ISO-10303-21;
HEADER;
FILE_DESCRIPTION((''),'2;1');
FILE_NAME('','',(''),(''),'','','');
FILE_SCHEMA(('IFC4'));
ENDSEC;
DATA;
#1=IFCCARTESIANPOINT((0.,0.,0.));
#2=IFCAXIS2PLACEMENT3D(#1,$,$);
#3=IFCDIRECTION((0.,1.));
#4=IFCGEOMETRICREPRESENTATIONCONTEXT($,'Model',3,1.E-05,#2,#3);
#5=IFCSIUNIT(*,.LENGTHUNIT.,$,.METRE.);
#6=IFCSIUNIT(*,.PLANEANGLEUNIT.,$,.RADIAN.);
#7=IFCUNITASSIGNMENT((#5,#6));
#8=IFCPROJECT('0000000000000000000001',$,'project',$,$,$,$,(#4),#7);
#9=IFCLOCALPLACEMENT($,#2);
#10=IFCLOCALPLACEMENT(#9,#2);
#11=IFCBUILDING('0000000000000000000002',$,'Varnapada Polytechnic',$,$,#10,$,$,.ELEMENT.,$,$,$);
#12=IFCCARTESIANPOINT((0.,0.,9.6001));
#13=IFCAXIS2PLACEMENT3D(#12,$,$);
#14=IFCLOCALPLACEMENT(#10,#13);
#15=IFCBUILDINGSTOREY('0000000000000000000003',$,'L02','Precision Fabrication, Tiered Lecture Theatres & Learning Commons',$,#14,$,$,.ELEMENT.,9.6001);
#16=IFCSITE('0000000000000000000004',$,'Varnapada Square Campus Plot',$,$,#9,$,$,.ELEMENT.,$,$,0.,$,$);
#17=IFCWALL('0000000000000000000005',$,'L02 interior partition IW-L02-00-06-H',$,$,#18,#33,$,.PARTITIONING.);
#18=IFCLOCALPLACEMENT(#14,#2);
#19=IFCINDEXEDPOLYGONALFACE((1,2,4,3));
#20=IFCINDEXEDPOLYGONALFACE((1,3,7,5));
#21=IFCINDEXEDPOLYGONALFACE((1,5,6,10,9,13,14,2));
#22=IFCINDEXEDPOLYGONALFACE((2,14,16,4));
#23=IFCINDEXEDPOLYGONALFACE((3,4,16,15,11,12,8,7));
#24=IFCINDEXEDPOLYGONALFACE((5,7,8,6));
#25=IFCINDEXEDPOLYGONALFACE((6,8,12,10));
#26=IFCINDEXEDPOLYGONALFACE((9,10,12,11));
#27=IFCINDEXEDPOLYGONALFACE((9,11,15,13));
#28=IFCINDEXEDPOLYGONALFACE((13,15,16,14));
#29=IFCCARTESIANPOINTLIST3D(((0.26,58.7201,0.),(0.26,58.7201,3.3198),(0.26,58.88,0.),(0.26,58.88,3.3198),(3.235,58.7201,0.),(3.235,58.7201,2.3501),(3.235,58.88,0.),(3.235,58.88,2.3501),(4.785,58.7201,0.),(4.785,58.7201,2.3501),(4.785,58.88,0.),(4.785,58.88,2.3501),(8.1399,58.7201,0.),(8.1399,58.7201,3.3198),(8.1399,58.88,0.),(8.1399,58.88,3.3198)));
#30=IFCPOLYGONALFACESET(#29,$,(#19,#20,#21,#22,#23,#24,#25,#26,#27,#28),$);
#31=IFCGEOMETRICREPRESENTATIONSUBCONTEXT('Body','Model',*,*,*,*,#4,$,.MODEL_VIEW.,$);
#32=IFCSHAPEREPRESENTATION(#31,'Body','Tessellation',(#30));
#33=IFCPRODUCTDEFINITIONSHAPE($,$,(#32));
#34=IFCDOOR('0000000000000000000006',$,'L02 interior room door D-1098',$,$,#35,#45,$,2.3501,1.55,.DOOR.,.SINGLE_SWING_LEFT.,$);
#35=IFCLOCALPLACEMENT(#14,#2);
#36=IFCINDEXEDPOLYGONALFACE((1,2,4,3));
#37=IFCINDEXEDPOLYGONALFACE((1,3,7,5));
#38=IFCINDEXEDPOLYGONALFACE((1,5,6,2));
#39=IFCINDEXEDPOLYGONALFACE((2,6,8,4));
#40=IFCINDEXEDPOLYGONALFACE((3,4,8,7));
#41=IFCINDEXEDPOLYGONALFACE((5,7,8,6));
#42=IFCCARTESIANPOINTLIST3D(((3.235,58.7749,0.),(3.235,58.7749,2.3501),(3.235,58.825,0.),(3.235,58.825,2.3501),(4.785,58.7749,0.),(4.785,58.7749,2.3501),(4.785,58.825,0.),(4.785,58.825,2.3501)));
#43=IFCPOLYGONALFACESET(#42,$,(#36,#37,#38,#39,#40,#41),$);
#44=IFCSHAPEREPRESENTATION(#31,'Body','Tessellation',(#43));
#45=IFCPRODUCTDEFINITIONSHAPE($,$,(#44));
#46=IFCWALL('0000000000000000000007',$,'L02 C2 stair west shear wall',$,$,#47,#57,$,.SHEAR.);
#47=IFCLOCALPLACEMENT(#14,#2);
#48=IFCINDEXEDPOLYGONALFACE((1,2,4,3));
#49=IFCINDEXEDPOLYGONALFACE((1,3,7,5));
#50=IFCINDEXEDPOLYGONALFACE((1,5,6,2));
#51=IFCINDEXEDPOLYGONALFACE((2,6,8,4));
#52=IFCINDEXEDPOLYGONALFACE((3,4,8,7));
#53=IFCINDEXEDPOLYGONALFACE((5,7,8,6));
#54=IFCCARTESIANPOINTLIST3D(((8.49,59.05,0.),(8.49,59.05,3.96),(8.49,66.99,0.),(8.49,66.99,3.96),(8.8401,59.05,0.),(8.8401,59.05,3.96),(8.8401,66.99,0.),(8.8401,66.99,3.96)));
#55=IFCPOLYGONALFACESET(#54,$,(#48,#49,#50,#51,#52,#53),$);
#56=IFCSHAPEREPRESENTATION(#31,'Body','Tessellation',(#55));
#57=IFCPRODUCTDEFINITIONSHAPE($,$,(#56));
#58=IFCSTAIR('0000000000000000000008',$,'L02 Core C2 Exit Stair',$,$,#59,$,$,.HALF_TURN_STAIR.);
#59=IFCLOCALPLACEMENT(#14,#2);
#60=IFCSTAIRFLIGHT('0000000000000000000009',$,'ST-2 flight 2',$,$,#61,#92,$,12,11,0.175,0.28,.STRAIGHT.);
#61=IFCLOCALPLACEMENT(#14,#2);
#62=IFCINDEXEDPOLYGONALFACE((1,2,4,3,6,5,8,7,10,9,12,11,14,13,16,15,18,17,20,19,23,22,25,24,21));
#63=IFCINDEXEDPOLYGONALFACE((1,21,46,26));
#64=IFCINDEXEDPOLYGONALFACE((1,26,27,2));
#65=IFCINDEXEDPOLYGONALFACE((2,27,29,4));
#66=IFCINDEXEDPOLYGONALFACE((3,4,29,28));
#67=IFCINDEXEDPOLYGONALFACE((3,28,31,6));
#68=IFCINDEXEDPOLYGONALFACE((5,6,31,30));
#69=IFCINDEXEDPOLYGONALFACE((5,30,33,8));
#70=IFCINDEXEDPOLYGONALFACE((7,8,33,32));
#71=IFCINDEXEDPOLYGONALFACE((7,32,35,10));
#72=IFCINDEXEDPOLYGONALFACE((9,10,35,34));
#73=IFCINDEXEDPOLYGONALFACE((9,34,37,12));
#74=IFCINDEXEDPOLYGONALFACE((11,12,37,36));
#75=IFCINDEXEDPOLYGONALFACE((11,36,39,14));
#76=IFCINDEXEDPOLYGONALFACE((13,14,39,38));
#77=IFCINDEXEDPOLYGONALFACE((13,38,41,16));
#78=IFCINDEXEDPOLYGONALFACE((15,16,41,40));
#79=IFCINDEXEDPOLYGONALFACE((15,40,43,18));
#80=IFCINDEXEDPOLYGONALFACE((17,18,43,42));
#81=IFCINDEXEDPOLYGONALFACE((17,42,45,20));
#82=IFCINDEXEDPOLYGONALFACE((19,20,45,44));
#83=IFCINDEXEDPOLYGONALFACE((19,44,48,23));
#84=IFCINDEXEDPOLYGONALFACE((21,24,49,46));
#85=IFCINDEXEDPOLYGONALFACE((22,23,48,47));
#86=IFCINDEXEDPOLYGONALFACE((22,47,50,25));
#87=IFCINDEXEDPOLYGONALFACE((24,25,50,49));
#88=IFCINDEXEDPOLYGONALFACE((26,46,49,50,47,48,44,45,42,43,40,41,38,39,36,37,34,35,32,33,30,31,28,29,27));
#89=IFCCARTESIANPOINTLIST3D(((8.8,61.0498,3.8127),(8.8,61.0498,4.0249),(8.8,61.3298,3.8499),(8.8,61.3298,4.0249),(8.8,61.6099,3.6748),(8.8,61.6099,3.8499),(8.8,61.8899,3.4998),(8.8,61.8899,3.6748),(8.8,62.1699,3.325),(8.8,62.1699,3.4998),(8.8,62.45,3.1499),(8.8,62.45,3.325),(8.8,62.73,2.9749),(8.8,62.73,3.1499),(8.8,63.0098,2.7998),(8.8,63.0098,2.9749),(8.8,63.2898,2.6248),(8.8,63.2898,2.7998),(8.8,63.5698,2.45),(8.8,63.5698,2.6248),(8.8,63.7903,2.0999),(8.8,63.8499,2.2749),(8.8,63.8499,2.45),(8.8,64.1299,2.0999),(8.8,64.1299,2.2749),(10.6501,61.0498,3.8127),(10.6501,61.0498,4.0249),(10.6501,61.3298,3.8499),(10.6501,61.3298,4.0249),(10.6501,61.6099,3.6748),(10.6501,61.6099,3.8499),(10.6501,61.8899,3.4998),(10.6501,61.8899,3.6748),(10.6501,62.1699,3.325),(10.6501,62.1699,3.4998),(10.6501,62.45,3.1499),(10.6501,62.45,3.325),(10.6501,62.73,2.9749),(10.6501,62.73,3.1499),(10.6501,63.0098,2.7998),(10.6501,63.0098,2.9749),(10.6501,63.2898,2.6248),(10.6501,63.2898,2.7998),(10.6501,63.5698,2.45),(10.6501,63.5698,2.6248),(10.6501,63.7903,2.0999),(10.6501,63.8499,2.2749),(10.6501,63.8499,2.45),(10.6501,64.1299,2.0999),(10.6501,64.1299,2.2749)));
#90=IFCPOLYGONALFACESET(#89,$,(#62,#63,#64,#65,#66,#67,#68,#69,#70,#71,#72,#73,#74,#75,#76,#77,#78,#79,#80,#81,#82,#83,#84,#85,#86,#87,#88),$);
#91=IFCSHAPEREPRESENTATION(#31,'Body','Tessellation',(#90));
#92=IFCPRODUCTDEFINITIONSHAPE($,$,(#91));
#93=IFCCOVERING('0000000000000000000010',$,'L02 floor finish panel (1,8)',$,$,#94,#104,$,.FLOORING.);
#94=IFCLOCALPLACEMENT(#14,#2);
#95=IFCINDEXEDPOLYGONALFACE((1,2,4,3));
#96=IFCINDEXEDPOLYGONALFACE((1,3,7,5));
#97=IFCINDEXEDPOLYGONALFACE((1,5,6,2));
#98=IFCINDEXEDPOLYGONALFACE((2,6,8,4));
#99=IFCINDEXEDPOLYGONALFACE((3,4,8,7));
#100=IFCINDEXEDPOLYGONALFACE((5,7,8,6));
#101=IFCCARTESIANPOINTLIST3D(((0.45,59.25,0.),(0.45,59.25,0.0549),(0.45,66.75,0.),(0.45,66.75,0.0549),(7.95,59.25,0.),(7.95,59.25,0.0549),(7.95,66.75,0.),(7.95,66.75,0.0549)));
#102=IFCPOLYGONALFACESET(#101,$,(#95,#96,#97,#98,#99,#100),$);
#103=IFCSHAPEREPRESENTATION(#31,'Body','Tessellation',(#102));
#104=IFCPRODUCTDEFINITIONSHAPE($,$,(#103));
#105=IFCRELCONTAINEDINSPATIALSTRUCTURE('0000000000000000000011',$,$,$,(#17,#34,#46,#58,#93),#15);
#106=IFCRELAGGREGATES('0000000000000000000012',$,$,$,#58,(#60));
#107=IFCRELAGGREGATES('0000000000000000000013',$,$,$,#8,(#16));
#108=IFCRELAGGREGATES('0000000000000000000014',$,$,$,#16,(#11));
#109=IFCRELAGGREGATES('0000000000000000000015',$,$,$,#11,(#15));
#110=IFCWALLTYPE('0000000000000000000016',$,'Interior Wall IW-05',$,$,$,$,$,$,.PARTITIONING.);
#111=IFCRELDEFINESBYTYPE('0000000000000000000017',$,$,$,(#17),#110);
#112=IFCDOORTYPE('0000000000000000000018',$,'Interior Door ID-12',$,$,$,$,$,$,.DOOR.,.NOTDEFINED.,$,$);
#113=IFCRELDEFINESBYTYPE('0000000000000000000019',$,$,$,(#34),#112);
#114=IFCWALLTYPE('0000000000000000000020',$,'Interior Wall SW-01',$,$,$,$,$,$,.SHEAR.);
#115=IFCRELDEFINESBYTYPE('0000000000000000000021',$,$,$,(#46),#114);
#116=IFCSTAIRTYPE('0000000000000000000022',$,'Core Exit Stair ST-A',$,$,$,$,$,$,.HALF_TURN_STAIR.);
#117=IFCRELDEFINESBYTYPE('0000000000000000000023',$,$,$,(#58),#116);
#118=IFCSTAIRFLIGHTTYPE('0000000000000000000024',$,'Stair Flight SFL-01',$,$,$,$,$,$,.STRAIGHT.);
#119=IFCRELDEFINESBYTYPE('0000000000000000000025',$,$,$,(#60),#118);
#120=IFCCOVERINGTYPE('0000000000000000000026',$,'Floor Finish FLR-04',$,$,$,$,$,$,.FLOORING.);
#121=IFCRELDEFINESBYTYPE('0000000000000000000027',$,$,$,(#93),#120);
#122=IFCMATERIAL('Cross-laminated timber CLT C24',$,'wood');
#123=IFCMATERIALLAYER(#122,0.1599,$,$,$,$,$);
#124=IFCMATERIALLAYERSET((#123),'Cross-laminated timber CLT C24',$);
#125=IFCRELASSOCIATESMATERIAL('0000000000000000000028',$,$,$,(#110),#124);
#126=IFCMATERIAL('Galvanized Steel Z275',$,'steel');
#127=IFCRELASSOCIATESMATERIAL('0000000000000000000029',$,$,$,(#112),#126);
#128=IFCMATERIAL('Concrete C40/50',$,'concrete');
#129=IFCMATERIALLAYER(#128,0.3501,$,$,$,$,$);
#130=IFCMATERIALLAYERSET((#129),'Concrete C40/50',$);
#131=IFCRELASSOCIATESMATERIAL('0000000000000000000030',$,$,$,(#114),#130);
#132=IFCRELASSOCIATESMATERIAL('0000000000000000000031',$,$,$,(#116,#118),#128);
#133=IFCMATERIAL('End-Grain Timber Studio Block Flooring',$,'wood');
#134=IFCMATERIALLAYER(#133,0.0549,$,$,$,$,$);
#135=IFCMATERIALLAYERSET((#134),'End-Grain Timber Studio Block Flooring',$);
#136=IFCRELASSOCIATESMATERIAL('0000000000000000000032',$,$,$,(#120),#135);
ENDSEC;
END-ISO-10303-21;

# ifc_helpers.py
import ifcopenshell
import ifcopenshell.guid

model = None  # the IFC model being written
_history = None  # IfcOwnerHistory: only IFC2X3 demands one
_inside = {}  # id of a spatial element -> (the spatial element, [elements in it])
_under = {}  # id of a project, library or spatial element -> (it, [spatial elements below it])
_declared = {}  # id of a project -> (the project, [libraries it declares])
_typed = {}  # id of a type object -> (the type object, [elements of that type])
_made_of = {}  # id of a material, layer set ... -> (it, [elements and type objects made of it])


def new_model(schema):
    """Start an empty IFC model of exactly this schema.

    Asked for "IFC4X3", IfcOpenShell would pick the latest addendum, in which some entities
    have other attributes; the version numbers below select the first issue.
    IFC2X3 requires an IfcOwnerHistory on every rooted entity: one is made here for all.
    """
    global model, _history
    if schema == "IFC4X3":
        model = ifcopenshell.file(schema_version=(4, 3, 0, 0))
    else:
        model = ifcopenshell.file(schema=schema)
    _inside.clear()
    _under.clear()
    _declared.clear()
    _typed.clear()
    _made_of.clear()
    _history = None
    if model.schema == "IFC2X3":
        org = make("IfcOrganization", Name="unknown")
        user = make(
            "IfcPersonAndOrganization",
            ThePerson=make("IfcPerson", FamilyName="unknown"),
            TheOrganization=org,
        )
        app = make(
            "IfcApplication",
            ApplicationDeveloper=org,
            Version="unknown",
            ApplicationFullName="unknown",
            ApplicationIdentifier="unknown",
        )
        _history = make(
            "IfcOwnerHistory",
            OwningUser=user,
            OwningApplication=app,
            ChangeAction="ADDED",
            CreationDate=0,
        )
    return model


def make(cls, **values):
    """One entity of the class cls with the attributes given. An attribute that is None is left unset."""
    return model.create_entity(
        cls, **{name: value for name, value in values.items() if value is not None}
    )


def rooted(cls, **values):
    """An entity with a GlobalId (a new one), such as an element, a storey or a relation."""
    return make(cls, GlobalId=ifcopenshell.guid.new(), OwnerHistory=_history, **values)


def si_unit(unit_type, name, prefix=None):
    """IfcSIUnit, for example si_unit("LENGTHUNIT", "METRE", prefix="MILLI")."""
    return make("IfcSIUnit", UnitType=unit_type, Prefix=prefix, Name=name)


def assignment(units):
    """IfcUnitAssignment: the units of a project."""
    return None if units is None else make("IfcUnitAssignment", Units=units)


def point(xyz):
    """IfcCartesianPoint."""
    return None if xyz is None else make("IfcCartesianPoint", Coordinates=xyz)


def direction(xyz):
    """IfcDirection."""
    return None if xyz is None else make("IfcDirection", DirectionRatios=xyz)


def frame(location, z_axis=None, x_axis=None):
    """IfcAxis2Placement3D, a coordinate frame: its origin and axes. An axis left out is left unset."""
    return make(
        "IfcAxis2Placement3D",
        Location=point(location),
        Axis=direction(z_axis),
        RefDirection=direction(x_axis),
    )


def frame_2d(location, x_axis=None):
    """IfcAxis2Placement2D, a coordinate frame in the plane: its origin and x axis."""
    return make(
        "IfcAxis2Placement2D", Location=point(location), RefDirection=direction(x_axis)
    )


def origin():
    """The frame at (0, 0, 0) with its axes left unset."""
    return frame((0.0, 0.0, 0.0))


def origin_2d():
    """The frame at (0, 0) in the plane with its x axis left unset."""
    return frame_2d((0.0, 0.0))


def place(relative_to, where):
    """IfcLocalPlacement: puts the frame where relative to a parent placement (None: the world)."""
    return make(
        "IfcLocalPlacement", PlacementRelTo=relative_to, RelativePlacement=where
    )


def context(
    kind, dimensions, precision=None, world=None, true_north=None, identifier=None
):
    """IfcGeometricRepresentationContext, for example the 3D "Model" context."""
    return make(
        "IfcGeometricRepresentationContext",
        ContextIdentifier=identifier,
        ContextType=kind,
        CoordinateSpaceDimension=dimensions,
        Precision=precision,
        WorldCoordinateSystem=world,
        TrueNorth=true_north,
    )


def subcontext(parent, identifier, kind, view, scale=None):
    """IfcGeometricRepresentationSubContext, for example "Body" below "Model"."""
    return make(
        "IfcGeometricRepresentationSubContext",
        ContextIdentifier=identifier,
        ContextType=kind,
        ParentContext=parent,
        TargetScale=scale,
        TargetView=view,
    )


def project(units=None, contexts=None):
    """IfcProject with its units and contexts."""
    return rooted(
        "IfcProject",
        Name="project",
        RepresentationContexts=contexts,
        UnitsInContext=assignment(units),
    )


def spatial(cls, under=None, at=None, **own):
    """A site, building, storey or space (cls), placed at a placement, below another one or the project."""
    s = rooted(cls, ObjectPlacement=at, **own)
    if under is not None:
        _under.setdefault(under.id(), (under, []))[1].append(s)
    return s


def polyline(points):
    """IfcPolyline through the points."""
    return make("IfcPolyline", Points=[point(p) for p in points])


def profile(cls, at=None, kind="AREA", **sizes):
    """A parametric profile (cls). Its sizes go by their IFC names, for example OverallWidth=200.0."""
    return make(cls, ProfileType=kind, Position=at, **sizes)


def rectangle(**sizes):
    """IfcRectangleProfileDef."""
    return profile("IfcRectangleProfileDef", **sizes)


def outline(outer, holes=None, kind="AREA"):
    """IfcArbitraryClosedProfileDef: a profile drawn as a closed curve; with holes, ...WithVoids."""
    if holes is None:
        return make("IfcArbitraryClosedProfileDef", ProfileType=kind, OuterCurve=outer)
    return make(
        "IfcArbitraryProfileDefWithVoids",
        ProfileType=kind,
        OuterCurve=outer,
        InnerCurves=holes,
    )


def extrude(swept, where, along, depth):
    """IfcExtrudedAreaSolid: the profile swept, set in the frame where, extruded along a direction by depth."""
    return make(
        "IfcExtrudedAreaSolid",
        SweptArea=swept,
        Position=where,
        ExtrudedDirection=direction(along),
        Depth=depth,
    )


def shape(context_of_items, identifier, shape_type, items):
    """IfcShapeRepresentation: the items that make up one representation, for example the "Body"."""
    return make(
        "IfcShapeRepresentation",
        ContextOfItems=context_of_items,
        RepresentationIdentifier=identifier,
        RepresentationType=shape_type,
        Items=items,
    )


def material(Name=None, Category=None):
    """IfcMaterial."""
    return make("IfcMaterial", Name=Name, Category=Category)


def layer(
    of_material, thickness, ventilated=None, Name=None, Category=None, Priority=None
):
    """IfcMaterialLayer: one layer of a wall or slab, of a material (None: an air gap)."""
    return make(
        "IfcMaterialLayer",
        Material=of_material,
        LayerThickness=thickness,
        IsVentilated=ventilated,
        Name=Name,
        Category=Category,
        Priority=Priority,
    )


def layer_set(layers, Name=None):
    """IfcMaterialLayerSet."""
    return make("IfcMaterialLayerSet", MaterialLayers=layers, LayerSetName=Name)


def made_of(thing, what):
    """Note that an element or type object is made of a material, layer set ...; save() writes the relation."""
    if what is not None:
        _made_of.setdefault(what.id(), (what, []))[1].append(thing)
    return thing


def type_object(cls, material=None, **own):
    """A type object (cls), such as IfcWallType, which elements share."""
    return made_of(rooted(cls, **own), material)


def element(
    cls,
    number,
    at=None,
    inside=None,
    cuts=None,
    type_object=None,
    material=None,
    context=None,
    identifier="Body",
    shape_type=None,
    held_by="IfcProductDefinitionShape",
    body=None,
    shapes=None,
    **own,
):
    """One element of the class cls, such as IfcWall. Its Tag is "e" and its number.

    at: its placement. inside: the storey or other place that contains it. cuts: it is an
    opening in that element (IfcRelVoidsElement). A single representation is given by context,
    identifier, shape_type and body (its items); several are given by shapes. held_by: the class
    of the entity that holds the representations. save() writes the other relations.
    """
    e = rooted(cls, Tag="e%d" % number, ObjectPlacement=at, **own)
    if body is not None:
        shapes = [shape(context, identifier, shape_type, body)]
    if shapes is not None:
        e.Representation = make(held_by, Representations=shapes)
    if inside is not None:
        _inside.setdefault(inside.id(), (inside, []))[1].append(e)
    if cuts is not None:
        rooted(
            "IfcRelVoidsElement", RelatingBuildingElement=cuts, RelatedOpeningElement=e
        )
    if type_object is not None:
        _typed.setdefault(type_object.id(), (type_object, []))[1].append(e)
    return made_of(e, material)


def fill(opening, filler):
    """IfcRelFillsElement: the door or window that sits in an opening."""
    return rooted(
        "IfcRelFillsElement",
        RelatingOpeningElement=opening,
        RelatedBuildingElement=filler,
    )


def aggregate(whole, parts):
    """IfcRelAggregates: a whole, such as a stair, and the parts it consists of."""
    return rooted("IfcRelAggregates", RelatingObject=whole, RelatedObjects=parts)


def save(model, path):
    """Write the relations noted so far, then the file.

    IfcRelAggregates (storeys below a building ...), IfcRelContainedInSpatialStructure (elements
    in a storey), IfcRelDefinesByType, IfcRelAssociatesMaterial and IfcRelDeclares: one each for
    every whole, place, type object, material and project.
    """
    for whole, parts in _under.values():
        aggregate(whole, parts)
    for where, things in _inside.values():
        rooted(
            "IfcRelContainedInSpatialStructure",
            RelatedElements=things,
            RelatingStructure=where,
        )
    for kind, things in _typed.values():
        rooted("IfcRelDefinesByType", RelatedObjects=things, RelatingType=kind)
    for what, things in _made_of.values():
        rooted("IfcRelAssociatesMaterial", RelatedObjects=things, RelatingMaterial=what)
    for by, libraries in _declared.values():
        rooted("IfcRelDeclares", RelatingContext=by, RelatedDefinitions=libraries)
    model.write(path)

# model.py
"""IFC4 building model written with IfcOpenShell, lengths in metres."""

from ifc_helpers import new_model, si_unit, direction, frame, frame_2d, origin, origin_2d, place, context, subcontext, project, spatial, polyline, rectangle, outline, extrude, material, layer, layer_set, type_object, element, fill, aggregate, save


model = new_model("IFC4")

# Units and contexts
model_context = context("Model", 3, precision=1e-05, world=origin(), true_north=direction((0.0, 1.0)))
body_context = subcontext(model_context, "Body", "Model", "MODEL_VIEW")
ifc_project = project(units=[si_unit("LENGTHUNIT", "METRE"), si_unit("PLANEANGLEUNIT", "RADIAN")], contexts=[model_context])

# Site, building, storey
site_placement = place(None, origin())
site = spatial("IfcSite", under=ifc_project, at=site_placement, Name="Varnapada Square Campus Plot", CompositionType="ELEMENT", RefElevation=0.0)
building_placement = place(site_placement, origin())
building = spatial("IfcBuilding", under=site, at=building_placement, Name="Varnapada Polytechnic", CompositionType="ELEMENT")
storey_placement = place(building_placement, frame((0.0, 0.0, 9.6001)))
storey = spatial("IfcBuildingStorey", under=building, at=storey_placement, Name="L02", Description="Precision Fabrication, Tiered Lecture Theatres & Learning Commons", CompositionType="ELEMENT", Elevation=9.6001)

# Wall, opening, door
ifc_material_1 = material(Name="Cross-laminated timber CLT C24", Category="wood")
ifc_layer_1 = layer(ifc_material_1, 0.1599)
ifc_layer_set_1 = layer_set([ifc_layer_1], Name="Cross-laminated timber CLT C24")
wall_type_1 = type_object("IfcWallType", Name="Interior Wall IW-05", PredefinedType="PARTITIONING", material=ifc_layer_set_1)
wall_1_placement = place(storey_placement, frame((0.26, 58.8, 0.0), z_axis=(0.0, 0.0, 1.0), x_axis=(1.0, 0.0, 0.0)))
wall_1 = element("IfcWall", 1, at=wall_1_placement, inside=storey, type_object=wall_type_1, Name="L02 interior partition IW-L02-00-06-H", PredefinedType="PARTITIONING", context=body_context, shape_type="SweptSolid", body=[
    extrude(rectangle(XDim=7.8799, YDim=0.1599, at=frame_2d((3.9399, 0.0))), origin(), (0.0, 0.0, 1.0), 3.3198),
])
opening_1_placement = place(wall_1_placement, frame((2.9751, 0.0, 0.0)))
opening_1 = element("IfcOpeningElement", 2, at=opening_1_placement, cuts=wall_1, PredefinedType="OPENING", context=body_context, shape_type="SweptSolid", body=[
    extrude(rectangle(XDim=1.55, YDim=2.3501, at=frame_2d((0.7749, 1.175))), frame((0.0, 0.0898, 0.0), z_axis=(0.0, -1.0, 0.0), x_axis=(1.0, 0.0, 0.0)), (0.0, 0.0, 1.0), 0.1799),
])
ifc_material_2 = material(Name="Galvanized Steel Z275", Category="steel")
door_type_1 = type_object("IfcDoorType", Name="Interior Door ID-12", OperationType="NOTDEFINED", PredefinedType="DOOR", material=ifc_material_2)
door_1_placement = place(opening_1_placement, origin())
door_1 = element("IfcDoor", 3, at=door_1_placement, inside=storey, type_object=door_type_1, Name="L02 interior room door D-1098", OperationType="SINGLE_SWING_LEFT", OverallHeight=2.3501, OverallWidth=1.55, PredefinedType="DOOR", context=body_context, shape_type="SweptSolid", body=[
    extrude(rectangle(XDim=1.55, YDim=2.3501, at=frame_2d((0.7749, 1.175))), frame((0.0, 0.0249, 0.0), z_axis=(0.0, -1.0, 0.0), x_axis=(1.0, 0.0, 0.0)), (0.0, 0.0, 1.0), 0.05),
])
fill(opening_1, door_1)

# Wall
ifc_material_3 = material(Name="Concrete C40/50", Category="concrete")
ifc_layer_2 = layer(ifc_material_3, 0.3501)
ifc_layer_set_2 = layer_set([ifc_layer_2], Name="Concrete C40/50")
wall_type_2 = type_object("IfcWallType", Name="Interior Wall SW-01", PredefinedType="SHEAR", material=ifc_layer_set_2)
wall_2_placement = place(storey_placement, frame((8.665, 59.05, 0.0), z_axis=(0.0, 0.0, 1.0), x_axis=(0.0, 1.0, 0.0)))
element("IfcWall", 4, at=wall_2_placement, inside=storey, type_object=wall_type_2, Name="L02 C2 stair west shear wall", PredefinedType="SHEAR", context=body_context, shape_type="SweptSolid", body=[
    extrude(rectangle(XDim=7.9399, YDim=0.3501, at=frame_2d((3.97, 0.0))), origin(), (0.0, 0.0, 1.0), 3.96),
])

# Stair, stair flight
stair_type = type_object("IfcStairType", Name="Core Exit Stair ST-A", PredefinedType="HALF_TURN_STAIR", material=ifc_material_3)
stair_placement = place(storey_placement, origin())
stair = element("IfcStair", 5, at=stair_placement, inside=storey, type_object=stair_type, Name="L02 Core C2 Exit Stair", PredefinedType="HALF_TURN_STAIR")
stair_flight_type = type_object("IfcStairFlightType", Name="Stair Flight SFL-01", PredefinedType="STRAIGHT", material=ifc_material_3)
stair_flight_placement = place(storey_placement, frame((9.7251, 64.1299, 2.0999), z_axis=(0.0, 0.0, 1.0), x_axis=(0.0, -1.0, 0.0)))
stair_flight = element("IfcStairFlight", 6, at=stair_flight_placement, type_object=stair_flight_type, Name="ST-2 flight 2", NumberOfRisers=12, NumberOfTreads=11, PredefinedType="STRAIGHT", RiserHeight=0.175, TreadLength=0.28, context=body_context, shape_type="SweptSolid", body=[
    extrude(outline(polyline([(0.0, 0.0), (0.0, 0.175), (0.28, 0.175), (0.28, 0.3501), (0.5601, 0.3501), (0.5601, 0.5249), (0.8401, 0.5249), (0.8401, 0.7), (1.1201, 0.7), (1.1201, 0.875), (1.3999, 0.875), (1.3999, 1.05), (1.6799, 1.05), (1.6799, 1.2251), (1.96, 1.2251), (1.96, 1.3999), (2.24, 1.3999), (2.24, 1.575), (2.52, 1.575), (2.52, 1.75), (2.8, 1.75), (2.8, 1.925), (3.0801, 1.925), (3.0801, 2.1001), (3.0801, 1.7129), (0.3396, 0.0), (0.0, 0.0)])), frame((0.0, 0.925, 0.0), z_axis=(0.0, -1.0, 0.0), x_axis=(1.0, 0.0, 0.0)), (0.0, 0.0, 1.0), 1.8501),
])
aggregate(stair, [stair_flight])

# Covering
ifc_material_4 = material(Name="End-Grain Timber Studio Block Flooring", Category="wood")
ifc_layer_3 = layer(ifc_material_4, 0.0549)
ifc_layer_set_3 = layer_set([ifc_layer_3], Name="End-Grain Timber Studio Block Flooring")
covering_type_1 = type_object("IfcCoveringType", Name="Floor Finish FLR-04", PredefinedType="FLOORING", material=ifc_layer_set_3)
covering_1_placement = place(storey_placement, frame((4.2, 63.0, 0.0), z_axis=(0.0, 0.0, 1.0), x_axis=(1.0, 0.0, 0.0)))
element("IfcCovering", 7, at=covering_1_placement, inside=storey, type_object=covering_type_1, Name="L02 floor finish panel (1,8)", PredefinedType="FLOORING", context=body_context, shape_type="SweptSolid", body=[
    extrude(rectangle(XDim=7.5, YDim=7.5, at=origin_2d()), origin(), (0.0, 0.0, 1.0), 0.0549),
])

save(model, "model.ifc")
